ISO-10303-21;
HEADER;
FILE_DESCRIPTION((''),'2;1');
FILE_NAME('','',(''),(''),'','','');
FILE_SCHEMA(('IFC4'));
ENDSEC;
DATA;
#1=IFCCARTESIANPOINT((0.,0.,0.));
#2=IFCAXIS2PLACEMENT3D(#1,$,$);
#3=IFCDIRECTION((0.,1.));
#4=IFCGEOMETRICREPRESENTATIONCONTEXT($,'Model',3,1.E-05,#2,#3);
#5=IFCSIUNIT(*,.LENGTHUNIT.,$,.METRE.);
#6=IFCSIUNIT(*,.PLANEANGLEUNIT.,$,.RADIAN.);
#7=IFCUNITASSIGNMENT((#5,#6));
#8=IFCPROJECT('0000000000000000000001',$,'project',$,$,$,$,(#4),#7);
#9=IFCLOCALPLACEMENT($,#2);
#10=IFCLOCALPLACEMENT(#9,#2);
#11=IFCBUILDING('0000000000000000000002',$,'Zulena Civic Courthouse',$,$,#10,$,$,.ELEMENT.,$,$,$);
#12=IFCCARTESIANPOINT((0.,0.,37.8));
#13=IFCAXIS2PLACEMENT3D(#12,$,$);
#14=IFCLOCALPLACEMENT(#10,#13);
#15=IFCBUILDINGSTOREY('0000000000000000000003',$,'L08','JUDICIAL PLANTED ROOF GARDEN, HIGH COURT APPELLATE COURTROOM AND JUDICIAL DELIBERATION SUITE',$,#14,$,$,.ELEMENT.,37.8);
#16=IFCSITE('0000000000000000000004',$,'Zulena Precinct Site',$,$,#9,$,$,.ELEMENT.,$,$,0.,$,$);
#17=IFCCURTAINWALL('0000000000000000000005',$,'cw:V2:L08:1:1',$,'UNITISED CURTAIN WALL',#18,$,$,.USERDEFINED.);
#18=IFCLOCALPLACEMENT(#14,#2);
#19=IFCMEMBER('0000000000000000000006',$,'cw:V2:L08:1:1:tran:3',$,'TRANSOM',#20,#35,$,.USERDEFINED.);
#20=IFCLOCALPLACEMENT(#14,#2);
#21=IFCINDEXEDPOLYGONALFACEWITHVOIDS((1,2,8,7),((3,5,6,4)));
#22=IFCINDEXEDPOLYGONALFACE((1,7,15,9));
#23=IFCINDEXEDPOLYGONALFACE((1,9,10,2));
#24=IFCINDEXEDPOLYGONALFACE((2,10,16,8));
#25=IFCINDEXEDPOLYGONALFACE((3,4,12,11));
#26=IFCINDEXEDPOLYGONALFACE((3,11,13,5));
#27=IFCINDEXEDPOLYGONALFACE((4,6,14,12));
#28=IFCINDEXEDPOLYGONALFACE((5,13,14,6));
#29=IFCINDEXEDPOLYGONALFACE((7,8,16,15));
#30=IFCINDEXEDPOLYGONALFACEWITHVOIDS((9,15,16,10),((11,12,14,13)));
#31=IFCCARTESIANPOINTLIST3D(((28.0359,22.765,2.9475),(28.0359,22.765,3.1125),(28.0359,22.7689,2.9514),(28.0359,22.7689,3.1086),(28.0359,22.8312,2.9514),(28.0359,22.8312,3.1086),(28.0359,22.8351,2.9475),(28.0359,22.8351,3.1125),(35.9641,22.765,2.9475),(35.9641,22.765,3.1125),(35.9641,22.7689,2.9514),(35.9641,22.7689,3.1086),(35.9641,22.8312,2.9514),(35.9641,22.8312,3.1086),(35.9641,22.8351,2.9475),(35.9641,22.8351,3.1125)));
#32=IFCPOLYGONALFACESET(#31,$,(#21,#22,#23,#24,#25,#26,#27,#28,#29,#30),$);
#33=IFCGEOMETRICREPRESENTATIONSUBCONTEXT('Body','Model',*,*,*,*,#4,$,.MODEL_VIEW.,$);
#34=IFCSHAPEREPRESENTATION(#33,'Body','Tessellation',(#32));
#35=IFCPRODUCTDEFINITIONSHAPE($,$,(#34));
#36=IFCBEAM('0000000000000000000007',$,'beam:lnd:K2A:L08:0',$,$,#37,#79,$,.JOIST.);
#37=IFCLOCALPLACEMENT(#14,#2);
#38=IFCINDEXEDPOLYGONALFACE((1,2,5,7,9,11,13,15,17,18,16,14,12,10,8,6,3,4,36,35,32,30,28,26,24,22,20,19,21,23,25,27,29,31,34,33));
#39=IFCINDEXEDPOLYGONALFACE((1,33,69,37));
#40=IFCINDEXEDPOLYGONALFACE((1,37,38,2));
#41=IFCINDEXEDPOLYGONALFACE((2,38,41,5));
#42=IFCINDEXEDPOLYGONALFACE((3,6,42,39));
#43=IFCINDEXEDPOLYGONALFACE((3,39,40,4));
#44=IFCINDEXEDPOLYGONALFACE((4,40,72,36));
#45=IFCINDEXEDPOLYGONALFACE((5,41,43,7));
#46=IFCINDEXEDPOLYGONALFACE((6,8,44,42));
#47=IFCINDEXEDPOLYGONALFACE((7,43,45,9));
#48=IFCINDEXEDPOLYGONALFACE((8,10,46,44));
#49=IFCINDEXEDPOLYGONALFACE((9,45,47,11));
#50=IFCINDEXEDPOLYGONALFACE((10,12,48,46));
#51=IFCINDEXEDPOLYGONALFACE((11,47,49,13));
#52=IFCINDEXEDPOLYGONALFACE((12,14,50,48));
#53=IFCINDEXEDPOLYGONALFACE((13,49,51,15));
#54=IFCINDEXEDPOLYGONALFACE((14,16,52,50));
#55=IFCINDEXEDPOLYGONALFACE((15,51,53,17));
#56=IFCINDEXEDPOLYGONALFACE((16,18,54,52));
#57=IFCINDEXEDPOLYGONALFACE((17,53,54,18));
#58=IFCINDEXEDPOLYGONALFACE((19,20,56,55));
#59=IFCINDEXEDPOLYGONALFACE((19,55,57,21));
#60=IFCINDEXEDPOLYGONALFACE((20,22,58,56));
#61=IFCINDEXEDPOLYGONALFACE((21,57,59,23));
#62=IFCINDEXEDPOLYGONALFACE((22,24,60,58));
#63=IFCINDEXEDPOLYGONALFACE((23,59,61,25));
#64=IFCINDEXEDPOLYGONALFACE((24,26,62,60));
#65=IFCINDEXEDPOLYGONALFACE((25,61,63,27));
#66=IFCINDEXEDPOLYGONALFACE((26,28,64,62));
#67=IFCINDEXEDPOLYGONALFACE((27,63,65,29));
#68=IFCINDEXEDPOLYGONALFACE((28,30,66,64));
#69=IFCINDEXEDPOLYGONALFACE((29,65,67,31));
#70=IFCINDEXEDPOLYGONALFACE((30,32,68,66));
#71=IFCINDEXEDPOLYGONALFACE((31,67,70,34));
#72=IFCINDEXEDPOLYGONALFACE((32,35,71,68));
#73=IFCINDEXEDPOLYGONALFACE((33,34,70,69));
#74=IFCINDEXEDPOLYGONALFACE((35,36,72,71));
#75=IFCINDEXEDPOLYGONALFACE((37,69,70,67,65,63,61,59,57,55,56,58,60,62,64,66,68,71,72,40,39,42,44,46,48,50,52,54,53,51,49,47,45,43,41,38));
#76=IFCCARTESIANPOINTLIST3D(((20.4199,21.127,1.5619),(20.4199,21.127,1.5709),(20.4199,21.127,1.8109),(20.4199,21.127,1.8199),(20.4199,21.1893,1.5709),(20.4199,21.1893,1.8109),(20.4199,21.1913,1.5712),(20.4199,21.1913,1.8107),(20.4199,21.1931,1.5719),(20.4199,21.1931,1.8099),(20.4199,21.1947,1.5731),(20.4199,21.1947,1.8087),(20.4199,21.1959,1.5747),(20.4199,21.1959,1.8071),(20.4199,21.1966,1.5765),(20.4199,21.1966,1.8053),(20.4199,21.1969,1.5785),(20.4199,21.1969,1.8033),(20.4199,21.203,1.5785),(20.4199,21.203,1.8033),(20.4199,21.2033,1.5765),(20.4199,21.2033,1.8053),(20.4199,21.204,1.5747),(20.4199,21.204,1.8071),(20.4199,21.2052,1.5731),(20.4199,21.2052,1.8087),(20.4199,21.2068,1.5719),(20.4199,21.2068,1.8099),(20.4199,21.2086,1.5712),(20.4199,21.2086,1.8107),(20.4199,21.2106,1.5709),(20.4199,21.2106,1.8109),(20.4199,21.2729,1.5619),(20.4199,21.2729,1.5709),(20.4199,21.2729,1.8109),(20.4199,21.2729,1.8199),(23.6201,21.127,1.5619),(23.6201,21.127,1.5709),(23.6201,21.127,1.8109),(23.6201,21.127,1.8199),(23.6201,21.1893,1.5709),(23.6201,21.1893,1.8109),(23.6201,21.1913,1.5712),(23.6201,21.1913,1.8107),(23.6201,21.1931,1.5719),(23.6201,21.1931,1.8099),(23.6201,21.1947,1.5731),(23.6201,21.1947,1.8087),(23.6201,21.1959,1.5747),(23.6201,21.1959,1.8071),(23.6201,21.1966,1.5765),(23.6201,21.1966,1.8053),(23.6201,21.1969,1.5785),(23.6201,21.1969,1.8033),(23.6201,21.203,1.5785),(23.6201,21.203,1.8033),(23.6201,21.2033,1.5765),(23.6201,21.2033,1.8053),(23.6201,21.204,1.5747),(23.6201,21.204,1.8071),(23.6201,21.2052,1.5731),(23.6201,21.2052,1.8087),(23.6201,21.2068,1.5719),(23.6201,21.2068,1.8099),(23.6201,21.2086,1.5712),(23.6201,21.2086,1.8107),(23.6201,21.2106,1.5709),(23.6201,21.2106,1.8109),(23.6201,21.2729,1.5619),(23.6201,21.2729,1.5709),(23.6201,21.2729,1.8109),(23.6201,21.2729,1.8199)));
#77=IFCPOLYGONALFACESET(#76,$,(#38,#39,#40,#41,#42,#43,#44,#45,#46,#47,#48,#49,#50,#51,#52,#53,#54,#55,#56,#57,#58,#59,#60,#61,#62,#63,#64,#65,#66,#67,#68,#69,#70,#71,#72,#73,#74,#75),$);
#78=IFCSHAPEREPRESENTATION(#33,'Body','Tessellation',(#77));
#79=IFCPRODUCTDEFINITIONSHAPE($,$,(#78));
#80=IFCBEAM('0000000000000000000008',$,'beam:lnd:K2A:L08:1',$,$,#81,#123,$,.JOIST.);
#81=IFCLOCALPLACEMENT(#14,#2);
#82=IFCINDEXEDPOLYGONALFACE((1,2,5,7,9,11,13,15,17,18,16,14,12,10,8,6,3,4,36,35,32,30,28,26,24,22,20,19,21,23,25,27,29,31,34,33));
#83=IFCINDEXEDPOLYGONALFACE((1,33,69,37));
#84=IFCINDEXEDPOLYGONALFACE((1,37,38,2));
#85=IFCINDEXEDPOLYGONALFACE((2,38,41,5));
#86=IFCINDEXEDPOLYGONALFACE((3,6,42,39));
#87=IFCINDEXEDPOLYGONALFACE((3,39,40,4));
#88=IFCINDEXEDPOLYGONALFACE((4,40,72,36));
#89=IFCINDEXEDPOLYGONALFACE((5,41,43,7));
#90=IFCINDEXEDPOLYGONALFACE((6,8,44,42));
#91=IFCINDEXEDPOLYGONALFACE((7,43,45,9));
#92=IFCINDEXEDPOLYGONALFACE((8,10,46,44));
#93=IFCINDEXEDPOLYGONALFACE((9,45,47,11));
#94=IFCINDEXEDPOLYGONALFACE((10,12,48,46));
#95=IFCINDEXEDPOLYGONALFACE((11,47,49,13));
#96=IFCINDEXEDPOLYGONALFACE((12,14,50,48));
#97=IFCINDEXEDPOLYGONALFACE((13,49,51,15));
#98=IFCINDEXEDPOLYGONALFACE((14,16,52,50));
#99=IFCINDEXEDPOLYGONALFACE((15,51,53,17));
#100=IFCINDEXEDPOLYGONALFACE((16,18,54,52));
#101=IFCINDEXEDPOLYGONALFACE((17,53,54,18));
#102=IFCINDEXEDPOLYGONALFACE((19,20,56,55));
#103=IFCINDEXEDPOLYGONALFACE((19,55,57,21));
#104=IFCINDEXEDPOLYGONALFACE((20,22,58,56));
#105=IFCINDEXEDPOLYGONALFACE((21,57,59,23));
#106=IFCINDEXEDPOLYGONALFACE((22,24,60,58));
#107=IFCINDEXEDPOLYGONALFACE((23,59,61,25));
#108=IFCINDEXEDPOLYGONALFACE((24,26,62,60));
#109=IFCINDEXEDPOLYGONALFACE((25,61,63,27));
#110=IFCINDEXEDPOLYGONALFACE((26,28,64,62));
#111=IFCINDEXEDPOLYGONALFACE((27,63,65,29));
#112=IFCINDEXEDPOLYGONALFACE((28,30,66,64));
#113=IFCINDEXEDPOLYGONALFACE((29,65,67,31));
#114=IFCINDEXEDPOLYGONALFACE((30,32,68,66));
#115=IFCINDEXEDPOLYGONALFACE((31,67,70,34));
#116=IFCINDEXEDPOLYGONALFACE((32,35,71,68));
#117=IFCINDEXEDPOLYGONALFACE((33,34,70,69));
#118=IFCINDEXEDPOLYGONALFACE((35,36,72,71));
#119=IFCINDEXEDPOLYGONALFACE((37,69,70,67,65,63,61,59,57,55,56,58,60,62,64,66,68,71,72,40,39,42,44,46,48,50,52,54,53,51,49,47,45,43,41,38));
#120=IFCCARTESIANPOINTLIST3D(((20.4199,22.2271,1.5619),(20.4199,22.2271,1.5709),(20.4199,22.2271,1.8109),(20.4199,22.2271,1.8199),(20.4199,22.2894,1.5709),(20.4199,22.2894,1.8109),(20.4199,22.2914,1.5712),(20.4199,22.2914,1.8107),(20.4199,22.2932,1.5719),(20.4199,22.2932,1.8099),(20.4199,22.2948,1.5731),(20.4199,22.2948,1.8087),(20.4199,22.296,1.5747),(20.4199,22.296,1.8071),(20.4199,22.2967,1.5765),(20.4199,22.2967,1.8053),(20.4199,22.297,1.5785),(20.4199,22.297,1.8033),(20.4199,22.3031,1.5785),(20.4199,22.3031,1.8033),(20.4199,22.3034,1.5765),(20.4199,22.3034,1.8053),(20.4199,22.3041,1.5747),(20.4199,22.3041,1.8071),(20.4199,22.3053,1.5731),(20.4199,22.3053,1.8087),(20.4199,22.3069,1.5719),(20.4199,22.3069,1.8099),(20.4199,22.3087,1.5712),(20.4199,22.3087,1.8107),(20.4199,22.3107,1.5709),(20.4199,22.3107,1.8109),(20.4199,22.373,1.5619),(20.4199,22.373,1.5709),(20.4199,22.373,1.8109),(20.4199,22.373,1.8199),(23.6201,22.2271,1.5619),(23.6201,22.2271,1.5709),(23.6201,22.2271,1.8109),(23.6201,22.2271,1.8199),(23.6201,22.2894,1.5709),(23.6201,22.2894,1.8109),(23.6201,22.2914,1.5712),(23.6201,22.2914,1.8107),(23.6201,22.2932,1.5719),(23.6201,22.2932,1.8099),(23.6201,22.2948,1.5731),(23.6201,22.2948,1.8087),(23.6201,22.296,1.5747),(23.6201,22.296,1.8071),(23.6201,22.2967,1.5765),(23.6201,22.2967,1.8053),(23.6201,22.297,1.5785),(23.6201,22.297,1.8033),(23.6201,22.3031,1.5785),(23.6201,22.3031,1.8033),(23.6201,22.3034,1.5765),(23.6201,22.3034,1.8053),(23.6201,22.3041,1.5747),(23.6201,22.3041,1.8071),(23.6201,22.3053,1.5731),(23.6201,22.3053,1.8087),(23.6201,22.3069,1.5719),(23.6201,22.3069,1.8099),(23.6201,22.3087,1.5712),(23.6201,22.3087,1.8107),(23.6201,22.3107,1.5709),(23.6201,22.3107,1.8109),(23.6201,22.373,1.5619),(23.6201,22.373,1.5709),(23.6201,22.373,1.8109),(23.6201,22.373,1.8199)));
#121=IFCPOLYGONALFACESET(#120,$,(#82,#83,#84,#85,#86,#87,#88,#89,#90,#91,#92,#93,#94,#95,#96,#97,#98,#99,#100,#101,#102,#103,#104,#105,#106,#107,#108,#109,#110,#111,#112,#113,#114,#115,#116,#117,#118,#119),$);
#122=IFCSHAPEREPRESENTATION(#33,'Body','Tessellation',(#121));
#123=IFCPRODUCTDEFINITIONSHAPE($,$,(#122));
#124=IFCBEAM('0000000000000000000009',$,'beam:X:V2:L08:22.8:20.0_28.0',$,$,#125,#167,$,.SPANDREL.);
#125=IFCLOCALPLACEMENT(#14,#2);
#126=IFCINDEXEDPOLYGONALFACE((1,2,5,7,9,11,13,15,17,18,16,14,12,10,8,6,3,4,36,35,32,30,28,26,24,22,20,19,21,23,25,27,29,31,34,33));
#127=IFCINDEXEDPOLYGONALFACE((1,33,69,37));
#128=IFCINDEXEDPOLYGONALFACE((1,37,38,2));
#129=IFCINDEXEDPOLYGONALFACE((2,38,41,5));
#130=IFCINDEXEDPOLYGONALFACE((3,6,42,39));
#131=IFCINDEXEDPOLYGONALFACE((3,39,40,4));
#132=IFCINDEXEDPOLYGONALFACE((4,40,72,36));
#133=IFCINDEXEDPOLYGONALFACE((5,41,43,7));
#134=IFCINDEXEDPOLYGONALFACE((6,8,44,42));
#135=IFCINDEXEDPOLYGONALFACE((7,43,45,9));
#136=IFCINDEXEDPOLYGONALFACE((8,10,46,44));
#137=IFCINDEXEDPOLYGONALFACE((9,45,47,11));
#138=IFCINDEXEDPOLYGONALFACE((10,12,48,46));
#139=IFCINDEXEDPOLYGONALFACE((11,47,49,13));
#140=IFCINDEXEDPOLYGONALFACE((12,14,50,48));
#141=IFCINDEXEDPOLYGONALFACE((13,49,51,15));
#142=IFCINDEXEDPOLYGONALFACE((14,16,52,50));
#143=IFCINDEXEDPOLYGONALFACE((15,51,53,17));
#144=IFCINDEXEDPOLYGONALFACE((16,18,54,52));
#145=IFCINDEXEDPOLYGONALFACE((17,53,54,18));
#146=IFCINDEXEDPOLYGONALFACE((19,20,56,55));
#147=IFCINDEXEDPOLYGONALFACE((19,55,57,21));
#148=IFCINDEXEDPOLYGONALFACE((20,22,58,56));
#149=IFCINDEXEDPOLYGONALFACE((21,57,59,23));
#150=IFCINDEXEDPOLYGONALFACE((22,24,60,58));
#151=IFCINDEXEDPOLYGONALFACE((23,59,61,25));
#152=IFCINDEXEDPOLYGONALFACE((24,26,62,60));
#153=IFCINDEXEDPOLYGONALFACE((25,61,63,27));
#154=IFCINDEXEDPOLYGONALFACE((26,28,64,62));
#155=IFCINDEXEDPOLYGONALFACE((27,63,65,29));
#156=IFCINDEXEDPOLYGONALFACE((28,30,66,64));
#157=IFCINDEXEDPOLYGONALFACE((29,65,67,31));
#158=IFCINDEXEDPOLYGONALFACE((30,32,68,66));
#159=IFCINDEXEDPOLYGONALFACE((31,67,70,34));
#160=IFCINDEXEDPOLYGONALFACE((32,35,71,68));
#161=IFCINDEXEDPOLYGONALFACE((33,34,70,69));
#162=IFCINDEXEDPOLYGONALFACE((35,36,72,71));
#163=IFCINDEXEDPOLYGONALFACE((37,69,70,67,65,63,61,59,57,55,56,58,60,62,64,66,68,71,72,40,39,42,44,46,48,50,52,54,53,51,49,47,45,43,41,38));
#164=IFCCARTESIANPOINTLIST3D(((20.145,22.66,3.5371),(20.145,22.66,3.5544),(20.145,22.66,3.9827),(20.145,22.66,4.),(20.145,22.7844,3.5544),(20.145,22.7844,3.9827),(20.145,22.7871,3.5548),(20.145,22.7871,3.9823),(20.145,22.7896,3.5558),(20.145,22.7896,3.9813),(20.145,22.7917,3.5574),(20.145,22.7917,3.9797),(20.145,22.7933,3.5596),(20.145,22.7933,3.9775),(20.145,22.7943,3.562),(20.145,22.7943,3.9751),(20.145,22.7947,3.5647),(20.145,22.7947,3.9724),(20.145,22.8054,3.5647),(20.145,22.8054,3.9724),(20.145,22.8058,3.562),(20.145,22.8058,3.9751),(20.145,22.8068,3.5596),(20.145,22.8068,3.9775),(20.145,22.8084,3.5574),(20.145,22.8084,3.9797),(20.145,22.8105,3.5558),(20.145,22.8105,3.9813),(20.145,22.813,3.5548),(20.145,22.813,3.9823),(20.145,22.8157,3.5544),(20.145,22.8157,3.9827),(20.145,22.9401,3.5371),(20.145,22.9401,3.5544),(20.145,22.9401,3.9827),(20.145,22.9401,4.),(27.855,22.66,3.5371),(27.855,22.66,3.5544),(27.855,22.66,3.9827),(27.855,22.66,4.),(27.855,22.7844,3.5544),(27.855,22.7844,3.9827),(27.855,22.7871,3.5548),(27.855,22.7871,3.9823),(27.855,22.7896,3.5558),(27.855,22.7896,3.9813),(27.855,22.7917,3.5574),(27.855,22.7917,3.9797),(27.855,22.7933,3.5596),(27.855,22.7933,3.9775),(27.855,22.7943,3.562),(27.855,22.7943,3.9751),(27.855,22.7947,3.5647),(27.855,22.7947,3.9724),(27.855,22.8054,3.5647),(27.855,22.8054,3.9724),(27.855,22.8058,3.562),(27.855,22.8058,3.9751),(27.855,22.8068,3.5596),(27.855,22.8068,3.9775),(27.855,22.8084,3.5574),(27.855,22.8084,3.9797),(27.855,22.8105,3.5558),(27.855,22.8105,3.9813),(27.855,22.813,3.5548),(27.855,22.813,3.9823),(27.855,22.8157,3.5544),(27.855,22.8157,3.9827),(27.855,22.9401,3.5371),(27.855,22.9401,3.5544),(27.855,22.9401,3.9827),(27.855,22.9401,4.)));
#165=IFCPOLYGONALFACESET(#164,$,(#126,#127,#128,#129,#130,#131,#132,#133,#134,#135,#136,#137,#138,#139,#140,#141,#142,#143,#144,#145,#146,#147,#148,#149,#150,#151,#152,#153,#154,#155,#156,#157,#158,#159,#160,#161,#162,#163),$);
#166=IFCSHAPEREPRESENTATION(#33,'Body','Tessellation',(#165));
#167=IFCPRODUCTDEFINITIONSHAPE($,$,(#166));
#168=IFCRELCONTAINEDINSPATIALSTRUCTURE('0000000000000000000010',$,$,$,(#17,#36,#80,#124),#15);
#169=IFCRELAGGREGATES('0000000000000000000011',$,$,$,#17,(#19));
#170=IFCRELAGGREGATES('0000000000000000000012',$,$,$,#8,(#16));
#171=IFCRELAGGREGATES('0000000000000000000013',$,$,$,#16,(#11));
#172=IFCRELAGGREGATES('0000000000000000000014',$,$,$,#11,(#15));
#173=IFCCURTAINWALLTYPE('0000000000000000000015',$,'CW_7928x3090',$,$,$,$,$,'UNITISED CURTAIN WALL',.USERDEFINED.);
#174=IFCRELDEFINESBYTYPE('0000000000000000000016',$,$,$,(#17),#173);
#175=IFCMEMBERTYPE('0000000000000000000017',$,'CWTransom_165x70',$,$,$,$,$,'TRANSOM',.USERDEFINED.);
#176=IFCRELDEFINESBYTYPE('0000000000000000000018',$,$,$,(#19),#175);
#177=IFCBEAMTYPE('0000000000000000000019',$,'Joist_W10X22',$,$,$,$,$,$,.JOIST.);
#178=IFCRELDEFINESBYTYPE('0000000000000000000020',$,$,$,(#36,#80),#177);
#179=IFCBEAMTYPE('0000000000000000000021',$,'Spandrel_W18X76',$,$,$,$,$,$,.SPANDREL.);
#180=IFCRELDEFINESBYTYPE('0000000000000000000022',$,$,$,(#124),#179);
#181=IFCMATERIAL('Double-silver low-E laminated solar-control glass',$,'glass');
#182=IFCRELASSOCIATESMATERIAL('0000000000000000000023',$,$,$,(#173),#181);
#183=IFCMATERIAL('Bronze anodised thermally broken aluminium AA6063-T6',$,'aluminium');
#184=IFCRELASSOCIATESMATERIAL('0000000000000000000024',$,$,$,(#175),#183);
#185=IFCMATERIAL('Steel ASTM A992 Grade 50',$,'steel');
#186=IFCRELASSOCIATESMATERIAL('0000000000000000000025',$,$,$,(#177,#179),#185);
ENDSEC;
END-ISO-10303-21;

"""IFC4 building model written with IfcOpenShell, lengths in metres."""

from ifc_helpers import new_model, si_unit, direction, frame, origin, origin_2d, place, context, subcontext, project, spatial, hollow_rectangle, i_section, extrude, material, material_profile, profile_set, type_object, element, aggregate, save


model = new_model("IFC4")

# Units and contexts
model_context = context("Model", 3, precision=1e-05, world=origin(), true_north=direction((0.0, 1.0)))
body_context = subcontext(model_context, "Body", "Model", "MODEL_VIEW")
ifc_project = project(units=[si_unit("LENGTHUNIT", "METRE"), si_unit("PLANEANGLEUNIT", "RADIAN")], contexts=[model_context])

# Site, building, storey
site_placement = place(None, origin())
site = spatial("IfcSite", under=ifc_project, at=site_placement, Name="Zulena Precinct Site", CompositionType="ELEMENT", RefElevation=0.0)
building_placement = place(site_placement, origin())
building = spatial("IfcBuilding", under=site, at=building_placement, Name="Zulena Civic Courthouse", CompositionType="ELEMENT")
storey_placement = place(building_placement, frame((0.0, 0.0, 37.8)))
storey = spatial("IfcBuildingStorey", under=building, at=storey_placement, Name="L08", Description="JUDICIAL PLANTED ROOF GARDEN, HIGH COURT APPELLATE COURTROOM AND JUDICIAL DELIBERATION SUITE", CompositionType="ELEMENT", Elevation=37.8)

# Shared definitions
ifc_material_1 = material(Name="Steel ASTM A992 Grade 50", Category="steel")

# Curtain wall, member
ifc_material_2 = material(Name="Double-silver low-E laminated solar-control glass", Category="glass")
curtain_wall_type = type_object("IfcCurtainWallType", Name="CW_7928x3090", ElementType="UNITISED CURTAIN WALL", PredefinedType="USERDEFINED", material=ifc_material_2)
curtain_wall_placement = place(storey_placement, origin())
curtain_wall = element("IfcCurtainWall", 1, at=curtain_wall_placement, inside=storey, type_object=curtain_wall_type, Name="cw:V2:L08:1:1", ObjectType="UNITISED CURTAIN WALL", PredefinedType="USERDEFINED")
ifc_material_3 = material(Name="Bronze anodised thermally broken aluminium AA6063-T6", Category="aluminium")
ifc_material_profile_1 = material_profile(ifc_material_3, hollow_rectangle(XDim=0.0701, YDim=0.165, WallThickness=0.0039, at=origin_2d()), Name="CWT165X70X4")
ifc_profile_set_1 = profile_set([ifc_material_profile_1], Name="Bronze anodised thermally broken aluminium AA6063-T6")
member_type_1 = type_object("IfcMemberType", Name="CWTransom_165x70", ElementType="TRANSOM", PredefinedType="USERDEFINED", material=ifc_profile_set_1)
member_1_placement = place(storey_placement, frame((28.0359, 22.8, 3.03), z_axis=(1.0, 0.0, 0.0), x_axis=(0.0, 1.0, 0.0)))
member_1 = element("IfcMember", 2, at=member_1_placement, type_object=member_type_1, Name="cw:V2:L08:1:1:tran:3", ObjectType="TRANSOM", PredefinedType="USERDEFINED", context=body_context, shape_type="SweptSolid", body=[
    extrude(hollow_rectangle(XDim=0.0701, YDim=0.165, WallThickness=0.0039, at=origin_2d()), origin(), (0.0, 0.0, 1.0), 7.9282),
])

# Beams
ifc_material_profile_2 = material_profile(ifc_material_1, i_section(OverallWidth=0.146, OverallDepth=0.2581, WebThickness=0.0061, FlangeThickness=0.009, FilletRadius=0.0076, at=origin_2d()), Name="W10X22")
ifc_profile_set_2 = profile_set([ifc_material_profile_2], Name="Steel ASTM A992 Grade 50")
beam_type_1 = type_object("IfcBeamType", Name="Joist_W10X22", PredefinedType="JOIST", material=ifc_profile_set_2)
for number, where, z_axis, x_axis, name in (
    (3, (20.4199, 21.2, 1.6909), (1.0, 0.0, 0.0), (0.0, 1.0, 0.0), "beam:lnd:K2A:L08:0"),
    (4, (20.4199, 22.3, 1.6909), (1.0, 0.0, 0.0), (0.0, 1.0, 0.0), "beam:lnd:K2A:L08:1"),
):
    element("IfcBeam", number, at=place(storey_placement, frame(where, z_axis=z_axis, x_axis=x_axis)), inside=storey, type_object=beam_type_1, Name=name, PredefinedType="JOIST", context=body_context, shape_type="SweptSolid", body=[
        extrude(i_section(OverallWidth=0.146, OverallDepth=0.2581, WebThickness=0.0061, FlangeThickness=0.009, FilletRadius=0.0076, at=origin_2d()), origin(), (0.0, 0.0, 1.0), 3.2002),
    ])
ifc_material_profile_3 = material_profile(ifc_material_1, i_section(OverallWidth=0.28, OverallDepth=0.4629, WebThickness=0.0107, FlangeThickness=0.0173, FilletRadius=0.0103, at=origin_2d()), Name="W18X76")
ifc_profile_set_3 = profile_set([ifc_material_profile_3], Name="Steel ASTM A992 Grade 50")
beam_type_2 = type_object("IfcBeamType", Name="Spandrel_W18X76", PredefinedType="SPANDREL", material=ifc_profile_set_3)
for number, where, z_axis, x_axis, name in (
    (5, (20.145, 22.8, 3.7686), (1.0, 0.0, 0.0), (0.0, 1.0, 0.0), "beam:X:V2:L08:22.8:20.0_28.0"),
):
    element("IfcBeam", number, at=place(storey_placement, frame(where, z_axis=z_axis, x_axis=x_axis)), inside=storey, type_object=beam_type_2, Name=name, PredefinedType="SPANDREL", context=body_context, shape_type="SweptSolid", body=[
        extrude(i_section(OverallWidth=0.28, OverallDepth=0.4629, WebThickness=0.0107, FlangeThickness=0.0173, FilletRadius=0.0103, at=origin_2d()), origin(), (0.0, 0.0, 1.0), 7.71),
    ])

aggregate(curtain_wall, [member_1])

save(model, "model.ifc")
